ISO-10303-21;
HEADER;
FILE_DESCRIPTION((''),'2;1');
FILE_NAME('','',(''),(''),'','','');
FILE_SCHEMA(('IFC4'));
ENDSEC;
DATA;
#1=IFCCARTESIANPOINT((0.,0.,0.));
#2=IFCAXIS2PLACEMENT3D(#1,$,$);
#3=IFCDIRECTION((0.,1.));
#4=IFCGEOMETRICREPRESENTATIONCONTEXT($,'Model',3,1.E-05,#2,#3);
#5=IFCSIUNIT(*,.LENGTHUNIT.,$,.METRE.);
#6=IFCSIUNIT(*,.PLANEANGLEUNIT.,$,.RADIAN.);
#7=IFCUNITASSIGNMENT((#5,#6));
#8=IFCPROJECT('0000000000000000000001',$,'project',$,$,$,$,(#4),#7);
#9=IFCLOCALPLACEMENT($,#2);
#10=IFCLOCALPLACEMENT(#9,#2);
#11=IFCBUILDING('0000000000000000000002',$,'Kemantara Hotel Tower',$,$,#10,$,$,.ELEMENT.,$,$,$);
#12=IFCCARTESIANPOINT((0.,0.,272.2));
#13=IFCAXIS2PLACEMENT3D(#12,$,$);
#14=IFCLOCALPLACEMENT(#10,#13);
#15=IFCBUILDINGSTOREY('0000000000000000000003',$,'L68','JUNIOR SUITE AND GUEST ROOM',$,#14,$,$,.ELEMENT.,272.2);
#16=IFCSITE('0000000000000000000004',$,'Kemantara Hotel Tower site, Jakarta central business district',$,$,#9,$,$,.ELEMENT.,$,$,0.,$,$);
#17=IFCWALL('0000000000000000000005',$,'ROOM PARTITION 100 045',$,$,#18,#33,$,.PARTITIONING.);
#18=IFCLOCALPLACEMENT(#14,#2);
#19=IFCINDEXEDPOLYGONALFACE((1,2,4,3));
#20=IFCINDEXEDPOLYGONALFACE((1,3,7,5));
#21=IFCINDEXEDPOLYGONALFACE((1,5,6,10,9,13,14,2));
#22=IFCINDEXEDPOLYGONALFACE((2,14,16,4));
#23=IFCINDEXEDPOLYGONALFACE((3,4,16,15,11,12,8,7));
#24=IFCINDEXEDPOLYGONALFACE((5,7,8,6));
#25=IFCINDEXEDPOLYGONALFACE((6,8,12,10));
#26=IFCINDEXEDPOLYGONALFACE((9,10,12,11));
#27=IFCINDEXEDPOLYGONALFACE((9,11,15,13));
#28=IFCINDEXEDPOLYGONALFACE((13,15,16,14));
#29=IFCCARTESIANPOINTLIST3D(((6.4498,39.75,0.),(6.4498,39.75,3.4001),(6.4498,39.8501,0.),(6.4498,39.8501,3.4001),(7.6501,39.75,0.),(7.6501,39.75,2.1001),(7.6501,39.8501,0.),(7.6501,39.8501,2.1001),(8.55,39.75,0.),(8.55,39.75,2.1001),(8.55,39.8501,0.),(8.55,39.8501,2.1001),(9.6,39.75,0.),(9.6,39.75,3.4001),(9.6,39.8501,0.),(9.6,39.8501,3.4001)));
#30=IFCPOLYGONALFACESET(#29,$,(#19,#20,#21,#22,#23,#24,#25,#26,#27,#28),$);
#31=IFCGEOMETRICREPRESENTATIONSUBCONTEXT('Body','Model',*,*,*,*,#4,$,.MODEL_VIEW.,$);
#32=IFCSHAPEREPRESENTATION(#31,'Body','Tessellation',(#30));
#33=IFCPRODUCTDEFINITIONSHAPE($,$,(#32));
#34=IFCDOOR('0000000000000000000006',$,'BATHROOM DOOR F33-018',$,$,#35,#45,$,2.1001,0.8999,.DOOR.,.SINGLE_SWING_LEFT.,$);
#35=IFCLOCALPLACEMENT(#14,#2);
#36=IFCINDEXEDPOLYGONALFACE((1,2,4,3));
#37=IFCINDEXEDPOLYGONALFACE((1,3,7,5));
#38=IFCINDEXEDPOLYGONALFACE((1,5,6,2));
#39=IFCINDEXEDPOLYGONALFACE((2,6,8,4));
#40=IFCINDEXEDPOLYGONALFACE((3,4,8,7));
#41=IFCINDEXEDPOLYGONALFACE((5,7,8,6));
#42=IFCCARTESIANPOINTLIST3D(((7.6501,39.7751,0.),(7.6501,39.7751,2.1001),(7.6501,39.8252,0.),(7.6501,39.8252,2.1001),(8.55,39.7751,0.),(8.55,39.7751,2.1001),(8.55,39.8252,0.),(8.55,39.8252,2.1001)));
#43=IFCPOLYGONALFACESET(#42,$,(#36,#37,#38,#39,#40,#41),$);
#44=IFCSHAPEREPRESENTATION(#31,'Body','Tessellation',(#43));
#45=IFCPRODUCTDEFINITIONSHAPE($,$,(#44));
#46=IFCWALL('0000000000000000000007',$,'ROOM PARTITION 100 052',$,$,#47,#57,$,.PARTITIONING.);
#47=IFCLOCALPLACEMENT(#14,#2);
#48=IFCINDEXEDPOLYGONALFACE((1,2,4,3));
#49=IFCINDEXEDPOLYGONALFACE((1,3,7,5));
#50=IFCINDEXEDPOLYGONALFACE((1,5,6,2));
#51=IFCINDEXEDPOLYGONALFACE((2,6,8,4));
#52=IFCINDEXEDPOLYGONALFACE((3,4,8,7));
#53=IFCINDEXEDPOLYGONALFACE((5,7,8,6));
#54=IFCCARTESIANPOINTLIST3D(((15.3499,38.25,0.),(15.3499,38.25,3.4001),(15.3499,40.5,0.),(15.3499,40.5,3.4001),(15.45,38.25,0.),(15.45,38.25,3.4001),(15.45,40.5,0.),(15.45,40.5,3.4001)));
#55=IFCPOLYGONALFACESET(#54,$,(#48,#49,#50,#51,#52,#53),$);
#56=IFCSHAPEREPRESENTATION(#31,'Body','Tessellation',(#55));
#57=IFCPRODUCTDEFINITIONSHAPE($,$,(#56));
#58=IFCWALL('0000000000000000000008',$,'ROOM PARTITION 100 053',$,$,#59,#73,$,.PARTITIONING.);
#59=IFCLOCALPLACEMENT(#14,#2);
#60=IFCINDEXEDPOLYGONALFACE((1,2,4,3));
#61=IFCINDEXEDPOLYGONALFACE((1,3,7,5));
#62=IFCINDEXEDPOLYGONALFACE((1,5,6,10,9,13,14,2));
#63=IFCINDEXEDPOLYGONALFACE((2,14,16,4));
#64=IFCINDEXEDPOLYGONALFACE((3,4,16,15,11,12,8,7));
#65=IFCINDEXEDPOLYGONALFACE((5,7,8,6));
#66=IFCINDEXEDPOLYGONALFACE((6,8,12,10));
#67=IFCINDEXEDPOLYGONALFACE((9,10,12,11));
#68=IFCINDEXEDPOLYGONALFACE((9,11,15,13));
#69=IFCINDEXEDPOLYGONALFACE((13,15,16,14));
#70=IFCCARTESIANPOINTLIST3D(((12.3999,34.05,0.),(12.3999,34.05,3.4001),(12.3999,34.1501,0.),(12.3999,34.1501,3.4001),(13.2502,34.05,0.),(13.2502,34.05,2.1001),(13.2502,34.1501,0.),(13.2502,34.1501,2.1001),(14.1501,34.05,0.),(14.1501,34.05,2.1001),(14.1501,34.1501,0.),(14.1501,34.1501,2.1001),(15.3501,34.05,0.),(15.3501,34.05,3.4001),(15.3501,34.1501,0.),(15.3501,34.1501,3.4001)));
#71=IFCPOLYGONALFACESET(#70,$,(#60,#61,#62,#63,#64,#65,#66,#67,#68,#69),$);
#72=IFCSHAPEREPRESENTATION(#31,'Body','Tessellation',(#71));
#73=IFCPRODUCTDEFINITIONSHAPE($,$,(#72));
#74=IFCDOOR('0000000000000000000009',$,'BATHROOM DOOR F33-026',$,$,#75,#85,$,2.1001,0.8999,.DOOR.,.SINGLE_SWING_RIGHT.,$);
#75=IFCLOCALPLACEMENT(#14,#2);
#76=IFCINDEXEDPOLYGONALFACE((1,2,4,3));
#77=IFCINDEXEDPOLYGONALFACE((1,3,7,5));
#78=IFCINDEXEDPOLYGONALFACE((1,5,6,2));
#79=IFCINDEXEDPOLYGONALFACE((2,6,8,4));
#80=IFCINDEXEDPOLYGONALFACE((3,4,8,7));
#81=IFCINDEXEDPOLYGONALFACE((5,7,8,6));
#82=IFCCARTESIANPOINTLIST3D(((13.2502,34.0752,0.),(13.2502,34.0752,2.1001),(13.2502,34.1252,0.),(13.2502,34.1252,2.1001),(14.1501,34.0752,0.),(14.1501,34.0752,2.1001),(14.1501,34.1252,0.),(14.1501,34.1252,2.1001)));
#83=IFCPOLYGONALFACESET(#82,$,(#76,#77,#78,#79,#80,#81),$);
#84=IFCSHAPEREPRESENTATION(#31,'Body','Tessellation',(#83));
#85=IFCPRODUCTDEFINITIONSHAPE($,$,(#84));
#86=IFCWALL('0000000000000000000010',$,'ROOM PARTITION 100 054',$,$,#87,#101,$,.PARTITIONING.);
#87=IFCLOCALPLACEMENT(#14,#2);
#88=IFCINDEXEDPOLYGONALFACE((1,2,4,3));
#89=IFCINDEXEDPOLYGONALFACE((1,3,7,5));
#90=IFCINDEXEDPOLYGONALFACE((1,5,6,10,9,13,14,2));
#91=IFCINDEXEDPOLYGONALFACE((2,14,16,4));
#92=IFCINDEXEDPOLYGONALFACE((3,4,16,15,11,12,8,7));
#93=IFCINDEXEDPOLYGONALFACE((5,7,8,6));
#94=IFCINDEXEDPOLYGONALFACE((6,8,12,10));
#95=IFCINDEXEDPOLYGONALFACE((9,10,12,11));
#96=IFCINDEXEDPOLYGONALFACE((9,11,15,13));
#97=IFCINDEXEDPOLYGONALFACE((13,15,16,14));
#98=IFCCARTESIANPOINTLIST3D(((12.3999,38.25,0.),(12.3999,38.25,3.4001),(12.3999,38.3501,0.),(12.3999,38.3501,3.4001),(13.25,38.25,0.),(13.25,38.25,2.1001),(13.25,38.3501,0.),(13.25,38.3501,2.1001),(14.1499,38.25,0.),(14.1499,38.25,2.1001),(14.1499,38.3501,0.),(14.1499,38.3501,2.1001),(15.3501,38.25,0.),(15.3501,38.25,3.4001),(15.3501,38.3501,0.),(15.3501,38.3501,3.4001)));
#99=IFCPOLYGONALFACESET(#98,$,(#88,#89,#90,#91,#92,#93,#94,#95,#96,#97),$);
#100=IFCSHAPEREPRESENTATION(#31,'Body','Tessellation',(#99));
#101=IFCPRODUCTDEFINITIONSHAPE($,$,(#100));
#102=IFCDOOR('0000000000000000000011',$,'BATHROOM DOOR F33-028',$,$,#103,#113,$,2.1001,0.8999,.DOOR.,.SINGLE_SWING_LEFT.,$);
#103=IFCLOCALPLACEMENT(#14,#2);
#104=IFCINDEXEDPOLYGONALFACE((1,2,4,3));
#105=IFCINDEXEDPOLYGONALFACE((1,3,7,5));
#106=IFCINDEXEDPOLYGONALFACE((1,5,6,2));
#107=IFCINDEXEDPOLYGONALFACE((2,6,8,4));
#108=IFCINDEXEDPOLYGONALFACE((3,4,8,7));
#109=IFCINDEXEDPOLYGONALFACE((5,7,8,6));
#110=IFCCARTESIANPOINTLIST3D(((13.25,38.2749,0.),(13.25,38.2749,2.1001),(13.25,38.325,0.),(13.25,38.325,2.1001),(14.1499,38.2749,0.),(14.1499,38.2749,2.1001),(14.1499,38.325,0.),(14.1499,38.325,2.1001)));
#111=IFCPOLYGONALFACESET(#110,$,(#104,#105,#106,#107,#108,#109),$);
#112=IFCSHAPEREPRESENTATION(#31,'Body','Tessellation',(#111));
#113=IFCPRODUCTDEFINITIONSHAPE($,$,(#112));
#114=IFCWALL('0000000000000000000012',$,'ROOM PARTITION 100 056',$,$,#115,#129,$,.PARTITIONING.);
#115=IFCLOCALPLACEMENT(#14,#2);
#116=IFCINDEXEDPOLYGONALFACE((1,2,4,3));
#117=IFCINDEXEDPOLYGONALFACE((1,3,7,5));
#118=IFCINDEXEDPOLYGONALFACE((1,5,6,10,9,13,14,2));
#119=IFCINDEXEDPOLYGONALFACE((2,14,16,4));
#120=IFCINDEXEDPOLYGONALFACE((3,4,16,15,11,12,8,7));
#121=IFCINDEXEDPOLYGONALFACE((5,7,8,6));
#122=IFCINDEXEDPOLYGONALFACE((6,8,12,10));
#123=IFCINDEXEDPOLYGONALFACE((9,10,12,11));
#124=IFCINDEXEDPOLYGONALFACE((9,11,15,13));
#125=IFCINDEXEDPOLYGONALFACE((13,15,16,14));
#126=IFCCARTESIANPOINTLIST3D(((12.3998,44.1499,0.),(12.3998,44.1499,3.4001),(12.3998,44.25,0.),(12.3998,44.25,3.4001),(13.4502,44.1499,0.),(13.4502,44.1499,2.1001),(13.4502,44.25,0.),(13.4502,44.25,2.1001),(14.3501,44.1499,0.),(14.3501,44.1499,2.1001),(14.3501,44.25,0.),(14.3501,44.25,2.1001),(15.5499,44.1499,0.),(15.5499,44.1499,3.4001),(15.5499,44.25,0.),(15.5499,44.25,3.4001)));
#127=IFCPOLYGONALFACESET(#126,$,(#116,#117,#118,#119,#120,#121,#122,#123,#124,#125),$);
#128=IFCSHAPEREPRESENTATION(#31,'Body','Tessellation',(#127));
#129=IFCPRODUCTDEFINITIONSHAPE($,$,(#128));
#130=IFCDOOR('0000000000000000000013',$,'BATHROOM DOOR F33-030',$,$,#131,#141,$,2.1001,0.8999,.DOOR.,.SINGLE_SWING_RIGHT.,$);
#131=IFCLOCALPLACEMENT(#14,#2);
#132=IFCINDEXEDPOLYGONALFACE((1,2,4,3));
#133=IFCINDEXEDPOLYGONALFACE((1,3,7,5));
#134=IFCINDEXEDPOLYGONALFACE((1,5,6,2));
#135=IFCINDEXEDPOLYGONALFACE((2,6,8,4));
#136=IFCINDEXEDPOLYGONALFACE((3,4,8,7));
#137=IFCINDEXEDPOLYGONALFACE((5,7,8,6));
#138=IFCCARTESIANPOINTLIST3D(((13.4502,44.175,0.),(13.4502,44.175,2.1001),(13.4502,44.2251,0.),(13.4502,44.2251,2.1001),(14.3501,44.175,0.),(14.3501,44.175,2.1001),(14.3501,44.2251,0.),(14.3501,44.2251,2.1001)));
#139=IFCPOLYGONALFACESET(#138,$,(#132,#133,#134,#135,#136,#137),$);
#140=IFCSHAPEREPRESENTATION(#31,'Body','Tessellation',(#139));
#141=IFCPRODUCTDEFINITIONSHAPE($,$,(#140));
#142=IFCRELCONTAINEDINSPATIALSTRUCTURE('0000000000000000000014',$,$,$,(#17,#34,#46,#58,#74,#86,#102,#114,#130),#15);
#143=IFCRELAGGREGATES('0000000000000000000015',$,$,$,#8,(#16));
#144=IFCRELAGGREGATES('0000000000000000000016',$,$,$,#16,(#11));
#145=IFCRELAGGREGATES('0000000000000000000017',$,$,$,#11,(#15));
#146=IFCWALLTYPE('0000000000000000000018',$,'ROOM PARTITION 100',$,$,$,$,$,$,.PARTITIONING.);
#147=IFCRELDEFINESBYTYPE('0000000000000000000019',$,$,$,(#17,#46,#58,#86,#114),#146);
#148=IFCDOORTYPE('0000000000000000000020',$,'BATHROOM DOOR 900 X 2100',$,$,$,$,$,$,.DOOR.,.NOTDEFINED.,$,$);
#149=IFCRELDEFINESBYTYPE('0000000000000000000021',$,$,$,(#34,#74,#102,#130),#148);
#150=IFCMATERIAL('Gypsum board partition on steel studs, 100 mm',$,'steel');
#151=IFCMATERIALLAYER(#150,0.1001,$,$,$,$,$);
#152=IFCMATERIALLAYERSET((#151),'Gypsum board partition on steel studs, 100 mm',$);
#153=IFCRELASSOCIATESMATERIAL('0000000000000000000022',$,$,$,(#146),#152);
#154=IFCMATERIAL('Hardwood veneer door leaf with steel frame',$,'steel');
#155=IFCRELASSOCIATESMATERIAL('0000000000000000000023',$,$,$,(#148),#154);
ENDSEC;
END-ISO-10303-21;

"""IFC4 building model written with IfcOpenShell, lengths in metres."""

from ifc_helpers import new_model, si_unit, direction, frame, frame_2d, origin, place, context, subcontext, project, spatial, rectangle, extrude, material, layer, layer_set, type_object, element, fill, save


model = new_model("IFC4")

# Units and contexts
model_context = context("Model", 3, precision=1e-05, world=origin(), true_north=direction((0.0, 1.0)))
body_context = subcontext(model_context, "Body", "Model", "MODEL_VIEW")
ifc_project = project(units=[si_unit("LENGTHUNIT", "METRE"), si_unit("PLANEANGLEUNIT", "RADIAN")], contexts=[model_context])

# Site, building, storey
site_placement = place(None, origin())
site = spatial("IfcSite", under=ifc_project, at=site_placement, Name="Kemantara Hotel Tower site, Jakarta central business district", CompositionType="ELEMENT", RefElevation=0.0)
building_placement = place(site_placement, origin())
building = spatial("IfcBuilding", under=site, at=building_placement, Name="Kemantara Hotel Tower", CompositionType="ELEMENT")
storey_placement = place(building_placement, frame((0.0, 0.0, 272.2)))
storey = spatial("IfcBuildingStorey", under=building, at=storey_placement, Name="L68", Description="JUNIOR SUITE AND GUEST ROOM", CompositionType="ELEMENT", Elevation=272.2)

# Shared definitions
ifc_material_1 = material(Name="Hardwood veneer door leaf with steel frame", Category="steel")

# Shared definitions
ifc_material_2 = material(Name="Gypsum board partition on steel studs, 100 mm", Category="steel")
ifc_layer_1 = layer(ifc_material_2, 0.1001)
ifc_layer_set_1 = layer_set([ifc_layer_1], Name="Gypsum board partition on steel studs, 100 mm")
wall_type_1 = type_object("IfcWallType", Name="ROOM PARTITION 100", PredefinedType="PARTITIONING", material=ifc_layer_set_1)

# Wall, opening, door
wall_1_placement = place(storey_placement, frame((9.6001, 39.8, 0.0), z_axis=(0.0, 0.0, 1.0), x_axis=(-1.0, 0.0, 0.0)))
wall_1 = element("IfcWall", 1, at=wall_1_placement, inside=storey, type_object=wall_type_1, Name="ROOM PARTITION 100 045", PredefinedType="PARTITIONING", context=body_context, shape_type="SweptSolid", body=[
    extrude(rectangle(XDim=3.1501, YDim=0.1001, at=frame_2d((1.5752, 0.0))), origin(), (0.0, 0.0, 1.0), 3.4001),
])
opening_1_placement = place(wall_1_placement, frame((1.05, 0.0, 0.0)))
opening_1 = element("IfcOpeningElement", 2, at=opening_1_placement, cuts=wall_1, PredefinedType="OPENING", context=body_context, shape_type="SweptSolid", body=[
    extrude(rectangle(XDim=0.8999, YDim=2.1001, at=frame_2d((0.45, 1.05))), frame((0.0, 0.0601, 0.0), z_axis=(0.0, -1.0, 0.0), x_axis=(1.0, 0.0, 0.0)), (0.0, 0.0, 1.0), 0.1201),
])
door_type_1 = type_object("IfcDoorType", Name="BATHROOM DOOR 900 X 2100", OperationType="NOTDEFINED", PredefinedType="DOOR", material=ifc_material_1)
door_1_placement = place(opening_1_placement, origin())
door_1 = element("IfcDoor", 3, at=door_1_placement, inside=storey, type_object=door_type_1, Name="BATHROOM DOOR F33-018", OperationType="SINGLE_SWING_LEFT", OverallHeight=2.1001, OverallWidth=0.8999, PredefinedType="DOOR", context=body_context, shape_type="SweptSolid", body=[
    extrude(rectangle(XDim=0.8999, YDim=2.1001, at=frame_2d((0.45, 1.05))), frame((0.0, 0.0249, 0.0), z_axis=(0.0, -1.0, 0.0), x_axis=(1.0, 0.0, 0.0)), (0.0, 0.0, 1.0), 0.05),
])
fill(opening_1, door_1)

# Wall
wall_2_placement = place(storey_placement, frame((15.3999, 38.25, 0.0), z_axis=(0.0, 0.0, 1.0), x_axis=(0.0, 1.0, 0.0)))
element("IfcWall", 4, at=wall_2_placement, inside=storey, type_object=wall_type_1, Name="ROOM PARTITION 100 052", PredefinedType="PARTITIONING", context=body_context, shape_type="SweptSolid", body=[
    extrude(rectangle(XDim=2.25, YDim=0.1001, at=frame_2d((1.125, 0.0))), origin(), (0.0, 0.0, 1.0), 3.4001),
])

# Walls, openings, doors
wall_3_placement = place(storey_placement, frame((15.3501, 34.1001, 0.0), z_axis=(0.0, 0.0, 1.0), x_axis=(-1.0, 0.0, 0.0)))
wall_3 = element("IfcWall", 5, at=wall_3_placement, inside=storey, type_object=wall_type_1, Name="ROOM PARTITION 100 053", PredefinedType="PARTITIONING", context=body_context, shape_type="SweptSolid", body=[
    extrude(rectangle(XDim=2.9502, YDim=0.1001, at=frame_2d((1.4751, 0.0))), origin(), (0.0, 0.0, 1.0), 3.4001),
])
opening_2_placement = place(wall_3_placement, frame((1.2, 0.0, 0.0)))
opening_2 = element("IfcOpeningElement", 6, at=opening_2_placement, cuts=wall_3, PredefinedType="OPENING", context=body_context, shape_type="SweptSolid", body=[
    extrude(rectangle(XDim=0.8999, YDim=2.1001, at=frame_2d((0.45, 1.05))), frame((0.0, 0.0601, 0.0), z_axis=(0.0, -1.0, 0.0), x_axis=(1.0, 0.0, 0.0)), (0.0, 0.0, 1.0), 0.1201),
])
door_2_placement = place(opening_2_placement, origin())
door_2 = element("IfcDoor", 7, at=door_2_placement, inside=storey, type_object=door_type_1, Name="BATHROOM DOOR F33-026", OperationType="SINGLE_SWING_RIGHT", OverallHeight=2.1001, OverallWidth=0.8999, PredefinedType="DOOR", context=body_context, shape_type="SweptSolid", body=[
    extrude(rectangle(XDim=0.8999, YDim=2.1001, at=frame_2d((0.45, 1.05))), frame((0.0, 0.0249, 0.0), z_axis=(0.0, -1.0, 0.0), x_axis=(1.0, 0.0, 0.0)), (0.0, 0.0, 1.0), 0.05),
])
fill(opening_2, door_2)
wall_4_placement = place(storey_placement, frame((12.3999, 38.3, 0.0), z_axis=(0.0, 0.0, 1.0), x_axis=(1.0, 0.0, 0.0)))
wall_4 = element("IfcWall", 8, at=wall_4_placement, inside=storey, type_object=wall_type_1, Name="ROOM PARTITION 100 054", PredefinedType="PARTITIONING", context=body_context, shape_type="SweptSolid", body=[
    extrude(rectangle(XDim=2.9502, YDim=0.1001, at=frame_2d((1.4751, 0.0))), origin(), (0.0, 0.0, 1.0), 3.4001),
])
opening_3_placement = place(wall_4_placement, frame((0.8501, 0.0, 0.0)))
opening_3 = element("IfcOpeningElement", 9, at=opening_3_placement, cuts=wall_4, PredefinedType="OPENING", context=body_context, shape_type="SweptSolid", body=[
    extrude(rectangle(XDim=0.8999, YDim=2.1001, at=frame_2d((0.45, 1.05))), frame((0.0, 0.0601, 0.0), z_axis=(0.0, -1.0, 0.0), x_axis=(1.0, 0.0, 0.0)), (0.0, 0.0, 1.0), 0.1201),
])
door_3_placement = place(opening_3_placement, origin())
door_3 = element("IfcDoor", 10, at=door_3_placement, inside=storey, type_object=door_type_1, Name="BATHROOM DOOR F33-028", OperationType="SINGLE_SWING_LEFT", OverallHeight=2.1001, OverallWidth=0.8999, PredefinedType="DOOR", context=body_context, shape_type="SweptSolid", body=[
    extrude(rectangle(XDim=0.8999, YDim=2.1001, at=frame_2d((0.45, 1.05))), frame((0.0, 0.0249, 0.0), z_axis=(0.0, -1.0, 0.0), x_axis=(1.0, 0.0, 0.0)), (0.0, 0.0, 1.0), 0.05),
])
fill(opening_3, door_3)
wall_5_placement = place(storey_placement, frame((15.55, 44.2, 0.0), z_axis=(0.0, 0.0, 1.0), x_axis=(-1.0, 0.0, 0.0)))
wall_5 = element("IfcWall", 11, at=wall_5_placement, inside=storey, type_object=wall_type_1, Name="ROOM PARTITION 100 056", PredefinedType="PARTITIONING", context=body_context, shape_type="SweptSolid", body=[
    extrude(rectangle(XDim=3.1501, YDim=0.1001, at=frame_2d((1.5752, 0.0))), origin(), (0.0, 0.0, 1.0), 3.4001),
])
opening_4_placement = place(wall_5_placement, frame((1.2, 0.0, 0.0)))
opening_4 = element("IfcOpeningElement", 12, at=opening_4_placement, cuts=wall_5, PredefinedType="OPENING", context=body_context, shape_type="SweptSolid", body=[
    extrude(rectangle(XDim=0.8999, YDim=2.1001, at=frame_2d((0.45, 1.05))), frame((0.0, 0.0601, 0.0), z_axis=(0.0, -1.0, 0.0), x_axis=(1.0, 0.0, 0.0)), (0.0, 0.0, 1.0), 0.1201),
])
door_4_placement = place(opening_4_placement, origin())
door_4 = element("IfcDoor", 13, at=door_4_placement, inside=storey, type_object=door_type_1, Name="BATHROOM DOOR F33-030", OperationType="SINGLE_SWING_RIGHT", OverallHeight=2.1001, OverallWidth=0.8999, PredefinedType="DOOR", context=body_context, shape_type="SweptSolid", body=[
    extrude(rectangle(XDim=0.8999, YDim=2.1001, at=frame_2d((0.45, 1.05))), frame((0.0, 0.0249, 0.0), z_axis=(0.0, -1.0, 0.0), x_axis=(1.0, 0.0, 0.0)), (0.0, 0.0, 1.0), 0.05),
])
fill(opening_4, door_4)

save(model, "model.ifc")
